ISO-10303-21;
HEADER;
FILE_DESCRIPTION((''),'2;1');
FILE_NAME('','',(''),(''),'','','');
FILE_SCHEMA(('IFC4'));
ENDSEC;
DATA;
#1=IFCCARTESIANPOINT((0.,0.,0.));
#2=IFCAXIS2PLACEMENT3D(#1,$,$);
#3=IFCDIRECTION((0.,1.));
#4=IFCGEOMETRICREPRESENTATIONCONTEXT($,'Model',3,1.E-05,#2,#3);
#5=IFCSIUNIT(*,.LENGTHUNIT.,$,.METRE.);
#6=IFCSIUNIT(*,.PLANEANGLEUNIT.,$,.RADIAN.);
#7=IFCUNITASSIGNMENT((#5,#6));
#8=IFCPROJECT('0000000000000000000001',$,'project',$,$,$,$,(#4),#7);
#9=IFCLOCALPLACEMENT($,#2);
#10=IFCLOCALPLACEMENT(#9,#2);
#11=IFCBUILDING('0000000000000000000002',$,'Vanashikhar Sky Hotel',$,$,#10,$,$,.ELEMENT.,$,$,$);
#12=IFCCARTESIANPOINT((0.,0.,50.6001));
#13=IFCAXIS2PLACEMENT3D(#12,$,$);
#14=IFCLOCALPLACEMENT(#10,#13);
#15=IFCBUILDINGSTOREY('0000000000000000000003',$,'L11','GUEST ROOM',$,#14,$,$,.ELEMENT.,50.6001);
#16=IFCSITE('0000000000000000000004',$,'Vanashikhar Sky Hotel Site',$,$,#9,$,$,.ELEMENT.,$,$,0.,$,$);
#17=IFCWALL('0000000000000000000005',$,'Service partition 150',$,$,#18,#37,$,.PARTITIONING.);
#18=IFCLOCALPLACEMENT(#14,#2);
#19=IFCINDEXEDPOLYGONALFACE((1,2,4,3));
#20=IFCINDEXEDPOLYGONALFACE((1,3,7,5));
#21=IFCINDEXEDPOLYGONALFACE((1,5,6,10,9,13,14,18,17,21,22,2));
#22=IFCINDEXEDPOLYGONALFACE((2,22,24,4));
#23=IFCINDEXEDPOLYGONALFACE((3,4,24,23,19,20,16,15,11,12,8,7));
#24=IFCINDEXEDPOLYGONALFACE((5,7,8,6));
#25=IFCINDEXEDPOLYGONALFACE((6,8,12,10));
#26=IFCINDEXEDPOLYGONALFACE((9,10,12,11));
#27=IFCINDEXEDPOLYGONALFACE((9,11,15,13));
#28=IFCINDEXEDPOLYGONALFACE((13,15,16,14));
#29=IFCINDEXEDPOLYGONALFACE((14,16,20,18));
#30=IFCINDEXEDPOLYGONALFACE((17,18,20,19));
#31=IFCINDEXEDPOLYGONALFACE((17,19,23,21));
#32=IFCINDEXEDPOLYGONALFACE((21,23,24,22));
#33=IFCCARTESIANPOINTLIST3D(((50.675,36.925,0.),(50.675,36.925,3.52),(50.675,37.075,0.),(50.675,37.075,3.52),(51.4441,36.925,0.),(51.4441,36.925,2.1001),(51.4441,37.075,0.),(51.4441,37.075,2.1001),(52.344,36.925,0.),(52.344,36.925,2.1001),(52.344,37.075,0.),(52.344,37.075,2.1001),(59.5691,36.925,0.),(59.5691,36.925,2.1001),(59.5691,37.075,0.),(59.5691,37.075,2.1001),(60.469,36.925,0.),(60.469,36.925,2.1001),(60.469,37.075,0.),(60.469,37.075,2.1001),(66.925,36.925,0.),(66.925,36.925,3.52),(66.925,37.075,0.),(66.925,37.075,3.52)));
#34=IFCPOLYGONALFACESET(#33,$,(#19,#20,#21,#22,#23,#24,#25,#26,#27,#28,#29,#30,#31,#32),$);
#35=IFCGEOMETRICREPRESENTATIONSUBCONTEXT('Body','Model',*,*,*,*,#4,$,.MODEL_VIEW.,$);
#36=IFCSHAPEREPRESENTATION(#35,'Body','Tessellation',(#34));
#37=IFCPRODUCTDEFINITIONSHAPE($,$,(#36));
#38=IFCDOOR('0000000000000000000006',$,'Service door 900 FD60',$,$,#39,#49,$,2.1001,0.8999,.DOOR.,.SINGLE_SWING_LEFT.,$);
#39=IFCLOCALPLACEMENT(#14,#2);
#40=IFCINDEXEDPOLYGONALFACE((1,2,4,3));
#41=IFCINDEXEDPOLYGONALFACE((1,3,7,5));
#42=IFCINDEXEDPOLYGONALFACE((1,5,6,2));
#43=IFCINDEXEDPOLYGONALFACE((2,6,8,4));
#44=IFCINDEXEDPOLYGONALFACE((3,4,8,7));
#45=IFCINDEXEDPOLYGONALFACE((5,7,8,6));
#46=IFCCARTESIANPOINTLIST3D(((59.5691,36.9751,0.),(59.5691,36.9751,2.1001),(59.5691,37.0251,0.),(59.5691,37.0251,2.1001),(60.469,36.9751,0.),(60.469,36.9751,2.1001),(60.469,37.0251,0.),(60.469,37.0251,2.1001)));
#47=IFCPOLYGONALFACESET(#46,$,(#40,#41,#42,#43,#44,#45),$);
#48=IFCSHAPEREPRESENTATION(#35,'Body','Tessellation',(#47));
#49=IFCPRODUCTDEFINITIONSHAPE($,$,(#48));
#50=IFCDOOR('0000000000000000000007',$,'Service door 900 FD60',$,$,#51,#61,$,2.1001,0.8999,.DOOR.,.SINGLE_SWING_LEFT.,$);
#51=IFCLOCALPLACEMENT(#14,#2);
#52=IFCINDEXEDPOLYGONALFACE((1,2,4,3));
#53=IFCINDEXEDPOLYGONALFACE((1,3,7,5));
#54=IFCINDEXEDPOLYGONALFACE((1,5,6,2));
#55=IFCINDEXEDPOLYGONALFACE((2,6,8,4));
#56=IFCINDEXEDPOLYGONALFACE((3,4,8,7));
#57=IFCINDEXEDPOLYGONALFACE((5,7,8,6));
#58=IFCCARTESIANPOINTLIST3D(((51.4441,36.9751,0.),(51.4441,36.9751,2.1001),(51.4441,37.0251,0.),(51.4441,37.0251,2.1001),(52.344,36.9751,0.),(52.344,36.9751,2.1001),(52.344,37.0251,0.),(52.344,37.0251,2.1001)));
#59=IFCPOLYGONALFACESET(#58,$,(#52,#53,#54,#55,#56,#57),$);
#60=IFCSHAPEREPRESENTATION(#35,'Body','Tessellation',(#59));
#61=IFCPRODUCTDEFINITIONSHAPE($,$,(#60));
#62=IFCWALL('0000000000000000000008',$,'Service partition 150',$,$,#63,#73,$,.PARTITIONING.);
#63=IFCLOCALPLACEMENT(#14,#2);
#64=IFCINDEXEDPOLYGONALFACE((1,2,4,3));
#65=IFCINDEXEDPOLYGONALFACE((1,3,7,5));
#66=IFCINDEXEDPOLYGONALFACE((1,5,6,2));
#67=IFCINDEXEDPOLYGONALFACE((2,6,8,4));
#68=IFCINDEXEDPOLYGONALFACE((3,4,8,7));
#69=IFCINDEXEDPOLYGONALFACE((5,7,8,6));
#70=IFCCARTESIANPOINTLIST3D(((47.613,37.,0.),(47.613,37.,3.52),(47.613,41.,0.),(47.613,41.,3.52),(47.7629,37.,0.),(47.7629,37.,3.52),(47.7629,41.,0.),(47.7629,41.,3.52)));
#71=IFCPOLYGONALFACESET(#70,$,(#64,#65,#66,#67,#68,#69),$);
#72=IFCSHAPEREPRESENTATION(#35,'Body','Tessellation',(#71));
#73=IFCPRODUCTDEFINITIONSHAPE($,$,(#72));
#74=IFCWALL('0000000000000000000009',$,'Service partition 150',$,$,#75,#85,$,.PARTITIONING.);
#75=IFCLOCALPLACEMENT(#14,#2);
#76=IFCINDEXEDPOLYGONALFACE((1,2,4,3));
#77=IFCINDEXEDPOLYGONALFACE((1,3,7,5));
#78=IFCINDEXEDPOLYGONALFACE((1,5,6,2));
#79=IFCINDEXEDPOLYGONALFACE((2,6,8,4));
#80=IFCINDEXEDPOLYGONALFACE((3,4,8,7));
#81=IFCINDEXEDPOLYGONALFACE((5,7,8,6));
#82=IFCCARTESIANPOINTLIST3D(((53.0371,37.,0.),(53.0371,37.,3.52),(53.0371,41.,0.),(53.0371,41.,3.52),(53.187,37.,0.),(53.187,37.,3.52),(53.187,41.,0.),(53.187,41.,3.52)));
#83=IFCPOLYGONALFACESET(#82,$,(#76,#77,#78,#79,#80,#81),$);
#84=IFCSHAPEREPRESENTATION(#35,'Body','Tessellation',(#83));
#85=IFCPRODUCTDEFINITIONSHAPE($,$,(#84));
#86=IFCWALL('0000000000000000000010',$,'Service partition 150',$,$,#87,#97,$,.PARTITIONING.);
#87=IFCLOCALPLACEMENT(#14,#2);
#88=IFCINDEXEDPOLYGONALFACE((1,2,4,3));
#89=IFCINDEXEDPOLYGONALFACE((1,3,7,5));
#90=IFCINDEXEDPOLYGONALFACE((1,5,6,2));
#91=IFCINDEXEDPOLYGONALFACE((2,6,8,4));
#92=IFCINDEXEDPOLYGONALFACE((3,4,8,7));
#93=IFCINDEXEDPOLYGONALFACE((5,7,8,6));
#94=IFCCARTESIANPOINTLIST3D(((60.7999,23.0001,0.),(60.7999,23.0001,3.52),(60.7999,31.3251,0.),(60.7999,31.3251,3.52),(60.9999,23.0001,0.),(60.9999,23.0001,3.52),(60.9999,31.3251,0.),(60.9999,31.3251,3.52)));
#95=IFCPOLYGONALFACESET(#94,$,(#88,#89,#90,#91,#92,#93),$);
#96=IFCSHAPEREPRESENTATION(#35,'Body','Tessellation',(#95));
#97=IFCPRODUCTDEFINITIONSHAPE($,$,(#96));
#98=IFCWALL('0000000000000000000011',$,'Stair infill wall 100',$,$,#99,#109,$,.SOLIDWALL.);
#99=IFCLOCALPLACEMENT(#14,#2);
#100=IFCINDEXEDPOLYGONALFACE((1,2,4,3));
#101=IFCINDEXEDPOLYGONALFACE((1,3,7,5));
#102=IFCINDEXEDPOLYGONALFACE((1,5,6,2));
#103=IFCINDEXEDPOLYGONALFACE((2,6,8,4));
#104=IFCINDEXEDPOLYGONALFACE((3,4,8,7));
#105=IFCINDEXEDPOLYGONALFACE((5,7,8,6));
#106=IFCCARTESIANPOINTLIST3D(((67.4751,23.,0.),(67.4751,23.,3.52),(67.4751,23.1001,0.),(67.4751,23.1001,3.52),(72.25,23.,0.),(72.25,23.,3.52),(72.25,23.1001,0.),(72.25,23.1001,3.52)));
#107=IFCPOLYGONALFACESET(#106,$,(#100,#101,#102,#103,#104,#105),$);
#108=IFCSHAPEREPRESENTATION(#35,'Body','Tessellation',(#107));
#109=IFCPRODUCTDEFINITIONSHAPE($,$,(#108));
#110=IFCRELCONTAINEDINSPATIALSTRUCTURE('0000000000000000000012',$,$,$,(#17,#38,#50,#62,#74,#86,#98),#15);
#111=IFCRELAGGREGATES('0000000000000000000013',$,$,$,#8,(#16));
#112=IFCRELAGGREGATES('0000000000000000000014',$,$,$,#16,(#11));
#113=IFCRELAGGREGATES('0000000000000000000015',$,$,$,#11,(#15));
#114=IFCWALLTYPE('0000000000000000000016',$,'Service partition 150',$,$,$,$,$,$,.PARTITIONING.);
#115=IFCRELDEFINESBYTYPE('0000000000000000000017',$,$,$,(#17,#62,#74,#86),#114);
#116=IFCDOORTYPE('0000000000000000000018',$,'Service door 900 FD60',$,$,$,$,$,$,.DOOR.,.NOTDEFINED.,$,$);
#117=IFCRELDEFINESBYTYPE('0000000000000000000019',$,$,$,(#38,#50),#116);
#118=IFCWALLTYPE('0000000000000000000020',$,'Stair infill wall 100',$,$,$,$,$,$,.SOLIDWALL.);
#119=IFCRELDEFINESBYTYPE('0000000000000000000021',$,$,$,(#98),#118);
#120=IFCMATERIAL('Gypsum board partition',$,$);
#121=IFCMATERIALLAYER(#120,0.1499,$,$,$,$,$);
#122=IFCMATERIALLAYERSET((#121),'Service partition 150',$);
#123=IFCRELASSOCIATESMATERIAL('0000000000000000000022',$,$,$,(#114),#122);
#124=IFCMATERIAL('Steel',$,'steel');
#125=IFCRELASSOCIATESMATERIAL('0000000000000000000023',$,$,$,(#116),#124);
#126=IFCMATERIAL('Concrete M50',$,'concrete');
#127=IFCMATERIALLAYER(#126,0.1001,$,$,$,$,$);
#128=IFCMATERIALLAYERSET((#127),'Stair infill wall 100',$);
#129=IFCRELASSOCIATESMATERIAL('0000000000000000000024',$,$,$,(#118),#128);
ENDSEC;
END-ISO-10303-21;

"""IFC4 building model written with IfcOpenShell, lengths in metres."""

from ifc_helpers import new_model, si_unit, direction, frame, frame_2d, origin, place, context, subcontext, project, spatial, rectangle, extrude, source, transform, mapped, material, layer, layer_set, type_object, element, fill, save


model = new_model("IFC4")

# Units and contexts
model_context = context("Model", 3, precision=1e-05, world=origin(), true_north=direction((0.0, 1.0)))
body_context = subcontext(model_context, "Body", "Model", "MODEL_VIEW")
ifc_project = project(units=[si_unit("LENGTHUNIT", "METRE"), si_unit("PLANEANGLEUNIT", "RADIAN")], contexts=[model_context])

# Site, building, storey
site_placement = place(None, origin())
site = spatial("IfcSite", under=ifc_project, at=site_placement, Name="Vanashikhar Sky Hotel Site", CompositionType="ELEMENT", RefElevation=0.0)
building_placement = place(site_placement, origin())
building = spatial("IfcBuilding", under=site, at=building_placement, Name="Vanashikhar Sky Hotel", CompositionType="ELEMENT")
storey_placement = place(building_placement, frame((0.0, 0.0, 50.6001)))
storey = spatial("IfcBuildingStorey", under=building, at=storey_placement, Name="L11", Description="GUEST ROOM", CompositionType="ELEMENT", Elevation=50.6001)

# Shared definitions
ifc_material_1 = material(Name="Steel", Category="steel")

# Shared definitions
ifc_material_2 = material(Name="Gypsum board partition")
ifc_layer_1 = layer(ifc_material_2, 0.1499)
ifc_layer_set_1 = layer_set([ifc_layer_1], Name="Service partition 150")
wall_type_1 = type_object("IfcWallType", Name="Service partition 150", PredefinedType="PARTITIONING", material=ifc_layer_set_1)

# Wall, openings, doors
shared_shape_1 = source(origin(), body_context, "Body", "SweptSolid", [
    extrude(rectangle(XDim=0.8999, YDim=2.1001, at=frame_2d((0.45, 1.05))), frame((0.0, 0.085, 0.0), z_axis=(0.0, -1.0, 0.0), x_axis=(1.0, 0.0, 0.0)), (0.0, 0.0, 1.0), 0.1699),
])
door_type_1 = type_object("IfcDoorType", Name="Service door 900 FD60", OperationType="NOTDEFINED", PredefinedType="DOOR", material=ifc_material_1)
shared_shape_2 = source(origin(), body_context, "Body", "SweptSolid", [
    extrude(rectangle(XDim=0.8999, YDim=2.1001, at=frame_2d((0.45, 1.05))), frame((0.0, 0.0249, 0.0), z_axis=(0.0, -1.0, 0.0), x_axis=(1.0, 0.0, 0.0)), (0.0, 0.0, 1.0), 0.05),
])
shared_shape_3 = source(origin(), body_context, "Body", "SweptSolid", [
    extrude(rectangle(XDim=16.25, YDim=0.1499, at=frame_2d((8.125, 0.0))), origin(), (0.0, 0.0, 1.0), 3.52),
])
wall_1_placement = place(storey_placement, frame((66.925, 37.0, 0.0), z_axis=(0.0, 0.0, 1.0), x_axis=(-1.0, 0.0, 0.0)))
wall_1 = element("IfcWall", 1, at=wall_1_placement, inside=storey, type_object=wall_type_1, Name="Service partition 150", PredefinedType="PARTITIONING", context=body_context, shape_type="MappedRepresentation", body=[
    mapped(shared_shape_3, transform((0.0, 0.0, 0.0), scale=1.0)),
])
opening_1_placement = place(wall_1_placement, frame((6.4561, 0.0, 0.0)))
opening_1 = element("IfcOpeningElement", 2, at=opening_1_placement, cuts=wall_1, PredefinedType="OPENING", context=body_context, shape_type="MappedRepresentation", body=[
    mapped(shared_shape_1, transform((0.0, 0.0, 0.0), scale=1.0)),
])
opening_2_placement = place(wall_1_placement, frame((14.5811, 0.0, 0.0)))
opening_2 = element("IfcOpeningElement", 3, at=opening_2_placement, cuts=wall_1, PredefinedType="OPENING", context=body_context, shape_type="MappedRepresentation", body=[
    mapped(shared_shape_1, transform((0.0, 0.0, 0.0), scale=1.0)),
])
door_1_placement = place(opening_1_placement, origin())
door_1 = element("IfcDoor", 4, at=door_1_placement, inside=storey, type_object=door_type_1, Name="Service door 900 FD60", OperationType="SINGLE_SWING_LEFT", OverallHeight=2.1001, OverallWidth=0.8999, PredefinedType="DOOR", context=body_context, shape_type="MappedRepresentation", body=[
    mapped(shared_shape_2, transform((0.0, 0.0, 0.0), scale=1.0)),
])
fill(opening_1, door_1)
door_2_placement = place(opening_2_placement, origin())
door_2 = element("IfcDoor", 5, at=door_2_placement, inside=storey, type_object=door_type_1, Name="Service door 900 FD60", OperationType="SINGLE_SWING_LEFT", OverallHeight=2.1001, OverallWidth=0.8999, PredefinedType="DOOR", context=body_context, shape_type="MappedRepresentation", body=[
    mapped(shared_shape_2, transform((0.0, 0.0, 0.0), scale=1.0)),
])
fill(opening_2, door_2)

# Walls
shared_shape_4 = source(origin(), body_context, "Body", "SweptSolid", [
    extrude(rectangle(XDim=4.0, YDim=0.1499, at=frame_2d((2.0, 0.0))), origin(), (0.0, 0.0, 1.0), 3.52),
])
for number, where, z_axis, x_axis, name in (
    (6, (47.688, 37.0, 0.0), (0.0, 0.0, 1.0), (0.0, 1.0, 0.0), "Service partition 150"),
    (7, (53.1121, 37.0, 0.0), (0.0, 0.0, 1.0), (0.0, 1.0, 0.0), "Service partition 150"),
):
    element("IfcWall", number, at=place(storey_placement, frame(where, z_axis=z_axis, x_axis=x_axis)), inside=storey, type_object=wall_type_1, Name=name, PredefinedType="PARTITIONING", context=body_context, shape_type="MappedRepresentation", body=[
        mapped(shared_shape_4, transform((0.0, 0.0, 0.0), scale=1.0)),
    ])
shared_shape_5 = source(origin(), body_context, "Body", "SweptSolid", [
    extrude(rectangle(XDim=8.325, YDim=0.2, at=frame_2d((4.1626, 0.0))), origin(), (0.0, 0.0, 1.0), 3.52),
])
wall_2_placement = place(storey_placement, frame((60.8999, 23.0, 0.0), z_axis=(0.0, 0.0, 1.0), x_axis=(0.0, 1.0, 0.0)))
element("IfcWall", 8, at=wall_2_placement, inside=storey, type_object=wall_type_1, Name="Service partition 150", PredefinedType="PARTITIONING", context=body_context, shape_type="MappedRepresentation", body=[
    mapped(shared_shape_5, transform((0.0, 0.0, 0.0), scale=1.0)),
])
ifc_material_3 = material(Name="Concrete M50", Category="concrete")
ifc_layer_2 = layer(ifc_material_3, 0.1001)
ifc_layer_set_2 = layer_set([ifc_layer_2], Name="Stair infill wall 100")
wall_type_2 = type_object("IfcWallType", Name="Stair infill wall 100", PredefinedType="SOLIDWALL", material=ifc_layer_set_2)
shared_shape_6 = source(origin(), body_context, "Body", "SweptSolid", [
    extrude(rectangle(XDim=4.7749, YDim=0.1001, at=frame_2d((2.3875, 0.0))), origin(), (0.0, 0.0, 1.0), 3.52),
])
wall_3_placement = place(storey_placement, frame((67.4751, 23.05, 0.0), z_axis=(0.0, 0.0, 1.0), x_axis=(1.0, 0.0, 0.0)))
element("IfcWall", 9, at=wall_3_placement, inside=storey, type_object=wall_type_2, Name="Stair infill wall 100", PredefinedType="SOLIDWALL", context=body_context, shape_type="MappedRepresentation", body=[
    mapped(shared_shape_6, transform((0.0, 0.0, 0.0), scale=1.0)),
])

save(model, "model.ifc")
